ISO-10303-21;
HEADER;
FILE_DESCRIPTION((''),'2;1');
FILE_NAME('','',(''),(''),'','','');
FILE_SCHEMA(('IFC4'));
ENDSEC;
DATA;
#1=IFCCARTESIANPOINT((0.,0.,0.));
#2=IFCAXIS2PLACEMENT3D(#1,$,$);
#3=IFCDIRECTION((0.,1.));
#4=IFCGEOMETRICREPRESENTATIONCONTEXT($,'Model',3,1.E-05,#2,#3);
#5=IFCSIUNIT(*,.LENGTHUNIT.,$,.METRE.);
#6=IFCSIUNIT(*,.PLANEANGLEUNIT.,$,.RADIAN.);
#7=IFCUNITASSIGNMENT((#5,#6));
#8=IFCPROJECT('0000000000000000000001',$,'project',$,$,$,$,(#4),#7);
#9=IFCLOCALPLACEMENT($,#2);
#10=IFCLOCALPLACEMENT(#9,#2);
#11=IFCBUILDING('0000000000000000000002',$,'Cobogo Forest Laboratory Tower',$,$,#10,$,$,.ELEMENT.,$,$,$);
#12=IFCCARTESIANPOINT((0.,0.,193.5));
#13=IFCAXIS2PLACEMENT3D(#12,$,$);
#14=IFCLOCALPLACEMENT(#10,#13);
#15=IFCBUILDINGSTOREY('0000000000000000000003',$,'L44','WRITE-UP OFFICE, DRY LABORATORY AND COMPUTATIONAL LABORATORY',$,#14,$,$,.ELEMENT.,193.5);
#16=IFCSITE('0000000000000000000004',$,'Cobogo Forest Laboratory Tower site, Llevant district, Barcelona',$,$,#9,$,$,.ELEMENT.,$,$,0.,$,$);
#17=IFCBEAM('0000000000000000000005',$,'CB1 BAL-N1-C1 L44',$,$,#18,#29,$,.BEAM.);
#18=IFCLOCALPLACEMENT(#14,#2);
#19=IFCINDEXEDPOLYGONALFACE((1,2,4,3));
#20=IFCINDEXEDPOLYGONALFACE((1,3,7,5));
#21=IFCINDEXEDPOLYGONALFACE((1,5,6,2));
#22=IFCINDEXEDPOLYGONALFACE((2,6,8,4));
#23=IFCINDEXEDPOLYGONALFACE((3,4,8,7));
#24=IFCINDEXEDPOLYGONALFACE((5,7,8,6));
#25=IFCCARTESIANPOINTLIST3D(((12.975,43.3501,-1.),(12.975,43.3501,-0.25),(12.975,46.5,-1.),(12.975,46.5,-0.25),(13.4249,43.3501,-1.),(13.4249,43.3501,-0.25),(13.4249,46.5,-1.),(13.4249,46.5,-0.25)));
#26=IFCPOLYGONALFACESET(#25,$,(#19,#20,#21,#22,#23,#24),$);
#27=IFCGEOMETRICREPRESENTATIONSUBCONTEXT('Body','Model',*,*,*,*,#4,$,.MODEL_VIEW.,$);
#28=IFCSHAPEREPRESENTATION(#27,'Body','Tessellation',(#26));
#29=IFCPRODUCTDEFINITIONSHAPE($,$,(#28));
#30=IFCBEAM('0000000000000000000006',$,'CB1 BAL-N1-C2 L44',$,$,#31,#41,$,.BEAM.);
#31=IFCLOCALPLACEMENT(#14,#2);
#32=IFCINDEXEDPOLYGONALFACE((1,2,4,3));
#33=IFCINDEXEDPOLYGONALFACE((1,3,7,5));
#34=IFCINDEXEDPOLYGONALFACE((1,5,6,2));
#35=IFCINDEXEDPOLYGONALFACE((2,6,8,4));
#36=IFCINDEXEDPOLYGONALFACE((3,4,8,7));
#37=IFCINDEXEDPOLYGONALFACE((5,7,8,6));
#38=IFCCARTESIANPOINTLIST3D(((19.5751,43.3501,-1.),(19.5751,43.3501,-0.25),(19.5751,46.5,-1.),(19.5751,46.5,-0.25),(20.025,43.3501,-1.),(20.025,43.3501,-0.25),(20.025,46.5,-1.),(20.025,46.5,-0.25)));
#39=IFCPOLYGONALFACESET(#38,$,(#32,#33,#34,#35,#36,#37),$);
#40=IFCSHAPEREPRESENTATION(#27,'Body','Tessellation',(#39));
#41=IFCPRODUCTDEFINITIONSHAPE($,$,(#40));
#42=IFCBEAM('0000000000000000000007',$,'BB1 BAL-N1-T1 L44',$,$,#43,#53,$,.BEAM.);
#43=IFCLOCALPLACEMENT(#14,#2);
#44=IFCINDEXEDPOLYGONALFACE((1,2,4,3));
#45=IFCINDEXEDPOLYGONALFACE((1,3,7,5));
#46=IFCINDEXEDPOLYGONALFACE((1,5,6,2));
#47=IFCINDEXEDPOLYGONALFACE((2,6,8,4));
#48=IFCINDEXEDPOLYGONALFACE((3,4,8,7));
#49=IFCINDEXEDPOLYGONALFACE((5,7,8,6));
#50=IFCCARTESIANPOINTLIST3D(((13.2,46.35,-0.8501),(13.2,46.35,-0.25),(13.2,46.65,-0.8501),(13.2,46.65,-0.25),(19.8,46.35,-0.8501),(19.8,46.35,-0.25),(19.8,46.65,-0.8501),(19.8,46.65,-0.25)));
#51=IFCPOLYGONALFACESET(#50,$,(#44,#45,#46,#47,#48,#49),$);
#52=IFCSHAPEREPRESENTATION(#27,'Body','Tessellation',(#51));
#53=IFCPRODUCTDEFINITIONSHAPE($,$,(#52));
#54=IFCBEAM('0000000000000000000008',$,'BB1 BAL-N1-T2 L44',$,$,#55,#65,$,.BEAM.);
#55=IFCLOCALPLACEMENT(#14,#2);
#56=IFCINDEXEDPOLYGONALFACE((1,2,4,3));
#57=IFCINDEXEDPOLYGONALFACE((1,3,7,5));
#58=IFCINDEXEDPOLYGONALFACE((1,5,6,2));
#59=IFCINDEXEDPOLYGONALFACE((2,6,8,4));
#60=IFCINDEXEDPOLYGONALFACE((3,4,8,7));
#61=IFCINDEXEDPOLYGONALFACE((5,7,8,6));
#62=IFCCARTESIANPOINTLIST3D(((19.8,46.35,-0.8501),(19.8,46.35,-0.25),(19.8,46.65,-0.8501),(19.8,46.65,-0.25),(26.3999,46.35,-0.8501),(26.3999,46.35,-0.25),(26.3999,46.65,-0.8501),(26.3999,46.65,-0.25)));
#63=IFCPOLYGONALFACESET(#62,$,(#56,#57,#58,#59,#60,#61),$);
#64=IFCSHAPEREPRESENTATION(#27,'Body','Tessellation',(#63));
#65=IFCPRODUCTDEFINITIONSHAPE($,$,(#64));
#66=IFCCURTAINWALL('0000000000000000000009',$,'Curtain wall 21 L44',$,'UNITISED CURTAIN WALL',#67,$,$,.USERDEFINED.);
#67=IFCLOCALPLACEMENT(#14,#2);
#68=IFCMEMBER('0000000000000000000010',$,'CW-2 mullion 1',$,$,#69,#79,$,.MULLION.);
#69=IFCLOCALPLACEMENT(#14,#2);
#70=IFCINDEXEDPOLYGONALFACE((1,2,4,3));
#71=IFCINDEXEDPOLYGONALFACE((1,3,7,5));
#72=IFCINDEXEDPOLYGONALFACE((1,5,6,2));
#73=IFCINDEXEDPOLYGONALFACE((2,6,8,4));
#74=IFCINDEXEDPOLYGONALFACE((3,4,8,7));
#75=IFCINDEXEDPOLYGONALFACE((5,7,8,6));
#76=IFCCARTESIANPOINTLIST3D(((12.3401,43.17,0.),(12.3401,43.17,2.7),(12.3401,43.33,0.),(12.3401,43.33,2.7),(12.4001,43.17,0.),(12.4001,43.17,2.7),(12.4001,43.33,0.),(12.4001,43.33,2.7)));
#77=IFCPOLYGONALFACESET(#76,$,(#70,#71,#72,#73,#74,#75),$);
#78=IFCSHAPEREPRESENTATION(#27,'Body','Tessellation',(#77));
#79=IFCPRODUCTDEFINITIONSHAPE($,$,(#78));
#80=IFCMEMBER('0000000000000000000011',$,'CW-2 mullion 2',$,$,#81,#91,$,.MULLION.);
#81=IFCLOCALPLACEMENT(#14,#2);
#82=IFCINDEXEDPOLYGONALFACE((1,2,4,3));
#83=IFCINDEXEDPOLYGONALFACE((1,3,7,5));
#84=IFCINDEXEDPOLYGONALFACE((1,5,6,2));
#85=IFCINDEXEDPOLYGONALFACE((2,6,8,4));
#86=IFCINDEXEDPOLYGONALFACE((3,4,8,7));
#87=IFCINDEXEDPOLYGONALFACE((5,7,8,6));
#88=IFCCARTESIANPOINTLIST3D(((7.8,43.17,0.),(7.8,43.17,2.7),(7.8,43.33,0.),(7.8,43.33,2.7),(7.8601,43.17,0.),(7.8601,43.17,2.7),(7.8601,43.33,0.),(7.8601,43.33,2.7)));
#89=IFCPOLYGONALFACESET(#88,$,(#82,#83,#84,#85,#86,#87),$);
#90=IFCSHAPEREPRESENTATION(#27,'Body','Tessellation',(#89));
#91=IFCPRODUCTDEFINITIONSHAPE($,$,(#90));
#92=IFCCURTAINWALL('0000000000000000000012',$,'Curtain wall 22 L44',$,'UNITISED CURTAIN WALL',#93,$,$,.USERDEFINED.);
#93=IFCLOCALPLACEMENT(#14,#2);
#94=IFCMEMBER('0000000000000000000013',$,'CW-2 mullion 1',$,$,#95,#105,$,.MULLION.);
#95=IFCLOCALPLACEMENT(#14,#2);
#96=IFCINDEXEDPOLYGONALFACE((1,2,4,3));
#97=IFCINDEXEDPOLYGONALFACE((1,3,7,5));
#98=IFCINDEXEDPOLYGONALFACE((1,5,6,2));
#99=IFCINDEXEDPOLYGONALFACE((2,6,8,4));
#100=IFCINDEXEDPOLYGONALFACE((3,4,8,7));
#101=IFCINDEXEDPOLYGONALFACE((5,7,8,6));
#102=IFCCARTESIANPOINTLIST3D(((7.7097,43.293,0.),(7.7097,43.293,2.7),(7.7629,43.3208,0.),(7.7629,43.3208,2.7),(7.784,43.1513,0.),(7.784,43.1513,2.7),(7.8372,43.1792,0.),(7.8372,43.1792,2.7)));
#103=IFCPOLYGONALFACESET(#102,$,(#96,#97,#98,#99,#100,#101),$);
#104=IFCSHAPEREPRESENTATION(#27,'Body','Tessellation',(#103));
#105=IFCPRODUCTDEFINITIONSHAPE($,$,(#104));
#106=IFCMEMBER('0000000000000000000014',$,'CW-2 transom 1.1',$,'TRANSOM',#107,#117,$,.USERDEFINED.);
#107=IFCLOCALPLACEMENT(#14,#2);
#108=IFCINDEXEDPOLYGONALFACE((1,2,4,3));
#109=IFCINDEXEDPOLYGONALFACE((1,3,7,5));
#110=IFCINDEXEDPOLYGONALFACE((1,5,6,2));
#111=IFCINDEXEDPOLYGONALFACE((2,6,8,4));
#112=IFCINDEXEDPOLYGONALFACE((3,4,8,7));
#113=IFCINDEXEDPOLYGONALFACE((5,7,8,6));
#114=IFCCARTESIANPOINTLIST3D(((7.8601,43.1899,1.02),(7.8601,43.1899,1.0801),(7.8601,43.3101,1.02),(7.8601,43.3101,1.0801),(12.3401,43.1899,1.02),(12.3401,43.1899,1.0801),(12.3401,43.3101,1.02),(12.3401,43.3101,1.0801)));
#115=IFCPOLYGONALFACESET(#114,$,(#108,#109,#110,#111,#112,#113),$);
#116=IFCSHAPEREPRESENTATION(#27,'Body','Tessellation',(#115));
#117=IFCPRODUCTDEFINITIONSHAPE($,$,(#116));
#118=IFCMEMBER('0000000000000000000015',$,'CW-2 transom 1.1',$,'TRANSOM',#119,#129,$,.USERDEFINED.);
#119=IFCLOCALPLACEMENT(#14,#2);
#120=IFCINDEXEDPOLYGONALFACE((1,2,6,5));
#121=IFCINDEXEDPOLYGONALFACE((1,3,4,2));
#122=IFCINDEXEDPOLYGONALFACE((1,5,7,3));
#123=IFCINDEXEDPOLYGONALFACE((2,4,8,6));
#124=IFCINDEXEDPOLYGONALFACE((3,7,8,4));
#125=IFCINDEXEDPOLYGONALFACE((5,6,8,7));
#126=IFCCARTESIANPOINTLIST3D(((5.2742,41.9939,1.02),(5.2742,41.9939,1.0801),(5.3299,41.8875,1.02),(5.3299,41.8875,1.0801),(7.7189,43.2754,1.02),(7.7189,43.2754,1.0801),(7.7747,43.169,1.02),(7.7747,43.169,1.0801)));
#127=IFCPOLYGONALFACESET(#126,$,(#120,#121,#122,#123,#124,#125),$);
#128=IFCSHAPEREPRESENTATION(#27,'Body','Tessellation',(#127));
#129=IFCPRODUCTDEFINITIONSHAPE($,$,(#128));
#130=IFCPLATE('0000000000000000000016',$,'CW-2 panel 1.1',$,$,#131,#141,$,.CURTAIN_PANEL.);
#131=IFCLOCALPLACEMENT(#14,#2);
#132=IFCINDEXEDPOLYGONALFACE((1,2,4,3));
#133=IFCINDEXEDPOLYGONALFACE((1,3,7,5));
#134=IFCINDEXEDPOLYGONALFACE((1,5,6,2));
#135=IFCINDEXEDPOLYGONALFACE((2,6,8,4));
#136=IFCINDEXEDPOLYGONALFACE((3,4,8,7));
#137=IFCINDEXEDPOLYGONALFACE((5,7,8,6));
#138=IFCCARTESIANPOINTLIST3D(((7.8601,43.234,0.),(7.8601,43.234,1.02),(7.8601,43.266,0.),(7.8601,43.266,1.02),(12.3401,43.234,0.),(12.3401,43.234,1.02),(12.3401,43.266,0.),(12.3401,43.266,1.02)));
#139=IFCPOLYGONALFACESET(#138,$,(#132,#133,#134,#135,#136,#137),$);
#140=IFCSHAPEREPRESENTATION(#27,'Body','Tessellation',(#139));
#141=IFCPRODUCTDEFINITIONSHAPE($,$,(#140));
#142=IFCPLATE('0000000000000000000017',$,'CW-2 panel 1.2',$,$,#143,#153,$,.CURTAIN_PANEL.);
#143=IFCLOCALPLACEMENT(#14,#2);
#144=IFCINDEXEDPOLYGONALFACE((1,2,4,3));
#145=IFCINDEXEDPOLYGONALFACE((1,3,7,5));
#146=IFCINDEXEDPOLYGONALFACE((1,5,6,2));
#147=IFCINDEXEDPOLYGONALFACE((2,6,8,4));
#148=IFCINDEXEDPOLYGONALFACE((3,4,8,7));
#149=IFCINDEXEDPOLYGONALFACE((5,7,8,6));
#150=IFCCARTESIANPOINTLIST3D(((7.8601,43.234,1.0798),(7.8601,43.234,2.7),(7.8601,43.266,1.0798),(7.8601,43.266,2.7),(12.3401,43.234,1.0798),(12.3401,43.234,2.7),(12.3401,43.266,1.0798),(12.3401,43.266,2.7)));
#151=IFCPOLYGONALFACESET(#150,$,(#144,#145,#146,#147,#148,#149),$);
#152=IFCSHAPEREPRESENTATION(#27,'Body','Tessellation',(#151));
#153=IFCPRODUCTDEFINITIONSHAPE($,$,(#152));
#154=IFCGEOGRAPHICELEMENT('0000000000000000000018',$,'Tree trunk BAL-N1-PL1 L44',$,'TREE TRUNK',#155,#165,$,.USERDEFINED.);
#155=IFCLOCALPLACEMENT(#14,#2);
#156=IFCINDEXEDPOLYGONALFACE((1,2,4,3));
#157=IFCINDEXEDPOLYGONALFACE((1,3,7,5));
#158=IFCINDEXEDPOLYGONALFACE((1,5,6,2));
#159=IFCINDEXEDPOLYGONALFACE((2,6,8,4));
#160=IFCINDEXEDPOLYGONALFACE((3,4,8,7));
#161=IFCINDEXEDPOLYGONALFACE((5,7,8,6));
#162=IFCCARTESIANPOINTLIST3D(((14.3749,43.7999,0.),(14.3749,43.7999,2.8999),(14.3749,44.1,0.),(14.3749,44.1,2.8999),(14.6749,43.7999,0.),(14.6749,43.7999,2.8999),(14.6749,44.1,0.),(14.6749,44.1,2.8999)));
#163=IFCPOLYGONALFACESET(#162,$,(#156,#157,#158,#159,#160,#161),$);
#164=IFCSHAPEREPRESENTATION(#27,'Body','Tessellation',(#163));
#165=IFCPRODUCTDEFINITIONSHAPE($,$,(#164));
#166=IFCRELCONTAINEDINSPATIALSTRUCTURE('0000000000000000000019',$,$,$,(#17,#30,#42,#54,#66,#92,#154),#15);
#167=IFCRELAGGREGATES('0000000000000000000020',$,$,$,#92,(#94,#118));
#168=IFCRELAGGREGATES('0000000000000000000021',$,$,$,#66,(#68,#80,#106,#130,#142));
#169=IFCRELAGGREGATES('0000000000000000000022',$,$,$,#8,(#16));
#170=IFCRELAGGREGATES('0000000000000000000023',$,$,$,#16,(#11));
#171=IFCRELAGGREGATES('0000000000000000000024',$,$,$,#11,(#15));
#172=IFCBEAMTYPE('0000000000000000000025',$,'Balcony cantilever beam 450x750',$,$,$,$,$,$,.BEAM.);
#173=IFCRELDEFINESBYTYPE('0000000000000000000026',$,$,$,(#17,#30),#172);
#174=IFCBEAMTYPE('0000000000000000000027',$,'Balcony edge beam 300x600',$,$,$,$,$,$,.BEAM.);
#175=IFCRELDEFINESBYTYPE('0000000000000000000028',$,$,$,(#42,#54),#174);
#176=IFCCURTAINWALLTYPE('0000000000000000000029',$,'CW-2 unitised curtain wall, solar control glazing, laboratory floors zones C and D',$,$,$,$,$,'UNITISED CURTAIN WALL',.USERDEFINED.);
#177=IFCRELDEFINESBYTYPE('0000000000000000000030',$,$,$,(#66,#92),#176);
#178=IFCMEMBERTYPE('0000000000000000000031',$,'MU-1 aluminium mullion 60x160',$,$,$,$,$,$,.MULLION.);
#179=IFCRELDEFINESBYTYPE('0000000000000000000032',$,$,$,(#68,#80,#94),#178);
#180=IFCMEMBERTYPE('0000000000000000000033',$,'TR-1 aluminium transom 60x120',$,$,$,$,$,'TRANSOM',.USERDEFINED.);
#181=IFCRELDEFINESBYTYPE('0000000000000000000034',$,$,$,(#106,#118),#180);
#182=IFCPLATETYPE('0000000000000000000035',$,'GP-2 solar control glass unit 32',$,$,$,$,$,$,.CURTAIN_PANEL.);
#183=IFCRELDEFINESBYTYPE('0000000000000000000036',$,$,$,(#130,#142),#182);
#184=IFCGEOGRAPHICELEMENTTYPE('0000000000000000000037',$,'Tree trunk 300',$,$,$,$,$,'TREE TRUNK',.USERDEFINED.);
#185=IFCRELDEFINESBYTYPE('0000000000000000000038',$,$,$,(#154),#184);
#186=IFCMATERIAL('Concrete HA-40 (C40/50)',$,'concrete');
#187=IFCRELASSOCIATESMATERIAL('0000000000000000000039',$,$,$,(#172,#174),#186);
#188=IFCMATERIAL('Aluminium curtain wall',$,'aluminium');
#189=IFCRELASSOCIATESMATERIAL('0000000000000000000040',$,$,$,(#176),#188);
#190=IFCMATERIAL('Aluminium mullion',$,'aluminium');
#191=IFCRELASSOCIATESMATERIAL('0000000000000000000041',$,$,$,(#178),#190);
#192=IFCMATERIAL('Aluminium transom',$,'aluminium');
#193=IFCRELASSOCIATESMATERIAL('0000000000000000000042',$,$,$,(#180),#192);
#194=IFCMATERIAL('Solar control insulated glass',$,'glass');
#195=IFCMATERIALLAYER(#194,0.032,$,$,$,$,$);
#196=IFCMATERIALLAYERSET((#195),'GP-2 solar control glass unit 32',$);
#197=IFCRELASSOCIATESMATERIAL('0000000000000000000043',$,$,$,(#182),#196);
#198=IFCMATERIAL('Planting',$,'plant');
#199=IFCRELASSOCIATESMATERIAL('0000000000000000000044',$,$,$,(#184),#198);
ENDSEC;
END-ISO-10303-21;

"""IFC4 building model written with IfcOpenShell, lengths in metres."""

from ifc_helpers import new_model, si_unit, direction, frame, origin, origin_2d, place, context, subcontext, project, spatial, rectangle, extrude, material, layer, layer_set, material_profile, profile_set, type_object, element, aggregate, save


model = new_model("IFC4")

# Units and contexts
model_context = context("Model", 3, precision=1e-05, world=origin(), true_north=direction((0.0, 1.0)))
body_context = subcontext(model_context, "Body", "Model", "MODEL_VIEW")
ifc_project = project(units=[si_unit("LENGTHUNIT", "METRE"), si_unit("PLANEANGLEUNIT", "RADIAN")], contexts=[model_context])

# Site, building, storey
site_placement = place(None, origin())
site = spatial("IfcSite", under=ifc_project, at=site_placement, Name="Cobogo Forest Laboratory Tower site, Llevant district, Barcelona", CompositionType="ELEMENT", RefElevation=0.0)
building_placement = place(site_placement, origin())
building = spatial("IfcBuilding", under=site, at=building_placement, Name="Cobogo Forest Laboratory Tower", CompositionType="ELEMENT")
storey_placement = place(building_placement, frame((0.0, 0.0, 193.5)))
storey = spatial("IfcBuildingStorey", under=building, at=storey_placement, Name="L44", Description="WRITE-UP OFFICE, DRY LABORATORY AND COMPUTATIONAL LABORATORY", CompositionType="ELEMENT", Elevation=193.5)

# Beams
ifc_material_1 = material(Name="Concrete HA-40 (C40/50)", Category="concrete")
ifc_material_profile_1 = material_profile(ifc_material_1, rectangle(XDim=0.45, YDim=0.75, at=origin_2d()), Name="RC 450x750")
ifc_profile_set_1 = profile_set([ifc_material_profile_1], Name="Concrete HA-40 (C40/50)")
beam_type_1 = type_object("IfcBeamType", Name="Balcony cantilever beam 450x750", PredefinedType="BEAM", material=ifc_profile_set_1)
for number, where, z_axis, x_axis, name in (
    (1, (13.2, 43.3501, -0.625), (0.0, 1.0, 0.0), (-1.0, 0.0, 0.0), "CB1 BAL-N1-C1 L44"),
    (2, (19.8, 43.3501, -0.625), (0.0, 1.0, 0.0), (-1.0, 0.0, 0.0), "CB1 BAL-N1-C2 L44"),
):
    element("IfcBeam", number, at=place(storey_placement, frame(where, z_axis=z_axis, x_axis=x_axis)), inside=storey, type_object=beam_type_1, Name=name, PredefinedType="BEAM", context=body_context, shape_type="SweptSolid", body=[
        extrude(rectangle(XDim=0.45, YDim=0.75, at=origin_2d()), origin(), (0.0, 0.0, 1.0), 3.1499),
    ])
ifc_material_profile_2 = material_profile(ifc_material_1, rectangle(XDim=0.3, YDim=0.6001, at=origin_2d()), Name="RC 300x600")
ifc_profile_set_2 = profile_set([ifc_material_profile_2], Name="Concrete HA-40 (C40/50)")
beam_type_2 = type_object("IfcBeamType", Name="Balcony edge beam 300x600", PredefinedType="BEAM", material=ifc_profile_set_2)
beam_1_placement = place(storey_placement, frame((13.2, 46.5, -0.55), z_axis=(1.0, 0.0, 0.0), x_axis=(0.0, 1.0, 0.0)))
element("IfcBeam", 3, at=beam_1_placement, inside=storey, type_object=beam_type_2, Name="BB1 BAL-N1-T1 L44", PredefinedType="BEAM", context=body_context, shape_type="SweptSolid", body=[
    extrude(rectangle(XDim=0.3, YDim=0.6001, at=origin_2d()), origin(), (0.0, 0.0, 1.0), 6.6001),
])
beam_2_placement = place(storey_placement, frame((19.8, 46.5, -0.55), z_axis=(1.0, 0.0, 0.0), x_axis=(0.0, 1.0, 0.0)))
element("IfcBeam", 4, at=beam_2_placement, inside=storey, type_object=beam_type_2, Name="BB1 BAL-N1-T2 L44", PredefinedType="BEAM", context=body_context, shape_type="SweptSolid", body=[
    extrude(rectangle(XDim=0.3, YDim=0.6001, at=origin_2d()), origin(), (0.0, 0.0, 1.0), 6.5999),
])

# Curtain wall, members
ifc_material_2 = material(Name="Aluminium curtain wall", Category="aluminium")
curtain_wall_type = type_object("IfcCurtainWallType", Name="CW-2 unitised curtain wall, solar control glazing, laboratory floors zones C and D", ElementType="UNITISED CURTAIN WALL", PredefinedType="USERDEFINED", material=ifc_material_2)
curtain_wall_1_placement = place(storey_placement, origin())
curtain_wall_1 = element("IfcCurtainWall", 5, at=curtain_wall_1_placement, inside=storey, type_object=curtain_wall_type, Name="Curtain wall 21 L44", ObjectType="UNITISED CURTAIN WALL", PredefinedType="USERDEFINED")
ifc_material_3 = material(Name="Aluminium mullion", Category="aluminium")
ifc_material_profile_3 = material_profile(ifc_material_3, rectangle(XDim=0.0601, YDim=0.1599, at=origin_2d()), Name="AL 60x160")
ifc_profile_set_3 = profile_set([ifc_material_profile_3], Name="Aluminium mullion")
member_type_1 = type_object("IfcMemberType", Name="MU-1 aluminium mullion 60x160", PredefinedType="MULLION", material=ifc_profile_set_3)
member_1_placement = place(storey_placement, frame((12.3701, 43.25, 0.0), z_axis=(0.0, 0.0, 1.0), x_axis=(-1.0, 0.0, 0.0)))
member_1 = element("IfcMember", 6, at=member_1_placement, type_object=member_type_1, Name="CW-2 mullion 1", PredefinedType="MULLION", context=body_context, shape_type="SweptSolid", body=[
    extrude(rectangle(XDim=0.0601, YDim=0.1599, at=origin_2d()), origin(), (0.0, 0.0, 1.0), 2.7),
])
member_2_placement = place(storey_placement, frame((7.8301, 43.25, 0.0), z_axis=(0.0, 0.0, 1.0), x_axis=(-1.0, 0.0, 0.0)))
member_2 = element("IfcMember", 7, at=member_2_placement, type_object=member_type_1, Name="CW-2 mullion 2", PredefinedType="MULLION", context=body_context, shape_type="SweptSolid", body=[
    extrude(rectangle(XDim=0.0601, YDim=0.1599, at=origin_2d()), origin(), (0.0, 0.0, 1.0), 2.7),
])

# Curtain wall, member
curtain_wall_2_placement = place(storey_placement, origin())
curtain_wall_2 = element("IfcCurtainWall", 8, at=curtain_wall_2_placement, inside=storey, type_object=curtain_wall_type, Name="Curtain wall 22 L44", ObjectType="UNITISED CURTAIN WALL", PredefinedType="USERDEFINED")
member_3_placement = place(storey_placement, frame((7.7734, 43.2361, 0.0), z_axis=(0.0, 0.0, 1.0), x_axis=(-0.885686, -0.464284, 0.0)))
member_3 = element("IfcMember", 9, at=member_3_placement, type_object=member_type_1, Name="CW-2 mullion 1", PredefinedType="MULLION", context=body_context, shape_type="SweptSolid", body=[
    extrude(rectangle(XDim=0.0601, YDim=0.1599, at=origin_2d()), origin(), (0.0, 0.0, 1.0), 2.7),
])

# Members
ifc_material_4 = material(Name="Aluminium transom", Category="aluminium")
ifc_material_profile_4 = material_profile(ifc_material_4, rectangle(XDim=0.1201, YDim=0.0601, at=origin_2d()), Name="AL 60x120")
ifc_profile_set_4 = profile_set([ifc_material_profile_4], Name="Aluminium transom")
member_type_2 = type_object("IfcMemberType", Name="TR-1 aluminium transom 60x120", ElementType="TRANSOM", PredefinedType="USERDEFINED", material=ifc_profile_set_4)
member_4_placement = place(storey_placement, frame((12.3401, 43.25, 1.05), z_axis=(-1.0, 0.0, 0.0), x_axis=(0.0, -1.0, 0.0)))
member_4 = element("IfcMember", 10, at=member_4_placement, type_object=member_type_2, Name="CW-2 transom 1.1", ObjectType="TRANSOM", PredefinedType="USERDEFINED", context=body_context, shape_type="SweptSolid", body=[
    extrude(rectangle(XDim=0.1201, YDim=0.0601, at=origin_2d()), origin(), (0.0, 0.0, 1.0), 4.48),
])
member_5_placement = place(storey_placement, frame((7.7468, 43.2222, 1.05), z_axis=(-0.885702, -0.464255, 0.0), x_axis=(0.464255, -0.885702, 0.0)))
member_5 = element("IfcMember", 11, at=member_5_placement, type_object=member_type_2, Name="CW-2 transom 1.1", ObjectType="TRANSOM", PredefinedType="USERDEFINED", context=body_context, shape_type="SweptSolid", body=[
    extrude(rectangle(XDim=0.1201, YDim=0.0601, at=origin_2d()), origin(), (0.0, 0.0, 1.0), 2.7603),
])
aggregate(curtain_wall_2, [member_3, member_5])

# Plates
ifc_material_5 = material(Name="Solar control insulated glass", Category="glass")
ifc_layer_1 = layer(ifc_material_5, 0.032)
ifc_layer_set_1 = layer_set([ifc_layer_1], Name="GP-2 solar control glass unit 32")
plate_type = type_object("IfcPlateType", Name="GP-2 solar control glass unit 32", PredefinedType="CURTAIN_PANEL", material=ifc_layer_set_1)
plate_1_placement = place(storey_placement, frame((10.1001, 43.25, 0.0), z_axis=(0.0, 0.0, 1.0), x_axis=(-1.0, 0.0, 0.0)))
plate_1 = element("IfcPlate", 12, at=plate_1_placement, type_object=plate_type, Name="CW-2 panel 1.1", PredefinedType="CURTAIN_PANEL", context=body_context, shape_type="SweptSolid", body=[
    extrude(rectangle(XDim=4.48, YDim=0.032, at=origin_2d()), origin(), (0.0, 0.0, 1.0), 1.02),
])
plate_2_placement = place(storey_placement, frame((10.1001, 43.25, 1.0798), z_axis=(0.0, 0.0, 1.0), x_axis=(-1.0, 0.0, 0.0)))
plate_2 = element("IfcPlate", 13, at=plate_2_placement, type_object=plate_type, Name="CW-2 panel 1.2", PredefinedType="CURTAIN_PANEL", context=body_context, shape_type="SweptSolid", body=[
    extrude(rectangle(XDim=4.48, YDim=0.032, at=origin_2d()), origin(), (0.0, 0.0, 1.0), 1.6201),
])
aggregate(curtain_wall_1, [member_1, member_2, member_4, plate_1, plate_2])

# Geographic element
ifc_material_6 = material(Name="Planting", Category="plant")
geographic_element_type = type_object("IfcGeographicElementType", Name="Tree trunk 300", ElementType="TREE TRUNK", PredefinedType="USERDEFINED", material=ifc_material_6)
geographic_element_placement = place(storey_placement, frame((14.5249, 43.95, 0.0), z_axis=(0.0, 0.0, 1.0), x_axis=(1.0, 0.0, 0.0)))
element("IfcGeographicElement", 14, at=geographic_element_placement, inside=storey, type_object=geographic_element_type, Name="Tree trunk BAL-N1-PL1 L44", ObjectType="TREE TRUNK", PredefinedType="USERDEFINED", context=body_context, shape_type="SweptSolid", body=[
    extrude(rectangle(XDim=0.3, YDim=0.3, at=origin_2d()), origin(), (0.0, 0.0, 1.0), 2.8999),
])

save(model, "model.ifc")
